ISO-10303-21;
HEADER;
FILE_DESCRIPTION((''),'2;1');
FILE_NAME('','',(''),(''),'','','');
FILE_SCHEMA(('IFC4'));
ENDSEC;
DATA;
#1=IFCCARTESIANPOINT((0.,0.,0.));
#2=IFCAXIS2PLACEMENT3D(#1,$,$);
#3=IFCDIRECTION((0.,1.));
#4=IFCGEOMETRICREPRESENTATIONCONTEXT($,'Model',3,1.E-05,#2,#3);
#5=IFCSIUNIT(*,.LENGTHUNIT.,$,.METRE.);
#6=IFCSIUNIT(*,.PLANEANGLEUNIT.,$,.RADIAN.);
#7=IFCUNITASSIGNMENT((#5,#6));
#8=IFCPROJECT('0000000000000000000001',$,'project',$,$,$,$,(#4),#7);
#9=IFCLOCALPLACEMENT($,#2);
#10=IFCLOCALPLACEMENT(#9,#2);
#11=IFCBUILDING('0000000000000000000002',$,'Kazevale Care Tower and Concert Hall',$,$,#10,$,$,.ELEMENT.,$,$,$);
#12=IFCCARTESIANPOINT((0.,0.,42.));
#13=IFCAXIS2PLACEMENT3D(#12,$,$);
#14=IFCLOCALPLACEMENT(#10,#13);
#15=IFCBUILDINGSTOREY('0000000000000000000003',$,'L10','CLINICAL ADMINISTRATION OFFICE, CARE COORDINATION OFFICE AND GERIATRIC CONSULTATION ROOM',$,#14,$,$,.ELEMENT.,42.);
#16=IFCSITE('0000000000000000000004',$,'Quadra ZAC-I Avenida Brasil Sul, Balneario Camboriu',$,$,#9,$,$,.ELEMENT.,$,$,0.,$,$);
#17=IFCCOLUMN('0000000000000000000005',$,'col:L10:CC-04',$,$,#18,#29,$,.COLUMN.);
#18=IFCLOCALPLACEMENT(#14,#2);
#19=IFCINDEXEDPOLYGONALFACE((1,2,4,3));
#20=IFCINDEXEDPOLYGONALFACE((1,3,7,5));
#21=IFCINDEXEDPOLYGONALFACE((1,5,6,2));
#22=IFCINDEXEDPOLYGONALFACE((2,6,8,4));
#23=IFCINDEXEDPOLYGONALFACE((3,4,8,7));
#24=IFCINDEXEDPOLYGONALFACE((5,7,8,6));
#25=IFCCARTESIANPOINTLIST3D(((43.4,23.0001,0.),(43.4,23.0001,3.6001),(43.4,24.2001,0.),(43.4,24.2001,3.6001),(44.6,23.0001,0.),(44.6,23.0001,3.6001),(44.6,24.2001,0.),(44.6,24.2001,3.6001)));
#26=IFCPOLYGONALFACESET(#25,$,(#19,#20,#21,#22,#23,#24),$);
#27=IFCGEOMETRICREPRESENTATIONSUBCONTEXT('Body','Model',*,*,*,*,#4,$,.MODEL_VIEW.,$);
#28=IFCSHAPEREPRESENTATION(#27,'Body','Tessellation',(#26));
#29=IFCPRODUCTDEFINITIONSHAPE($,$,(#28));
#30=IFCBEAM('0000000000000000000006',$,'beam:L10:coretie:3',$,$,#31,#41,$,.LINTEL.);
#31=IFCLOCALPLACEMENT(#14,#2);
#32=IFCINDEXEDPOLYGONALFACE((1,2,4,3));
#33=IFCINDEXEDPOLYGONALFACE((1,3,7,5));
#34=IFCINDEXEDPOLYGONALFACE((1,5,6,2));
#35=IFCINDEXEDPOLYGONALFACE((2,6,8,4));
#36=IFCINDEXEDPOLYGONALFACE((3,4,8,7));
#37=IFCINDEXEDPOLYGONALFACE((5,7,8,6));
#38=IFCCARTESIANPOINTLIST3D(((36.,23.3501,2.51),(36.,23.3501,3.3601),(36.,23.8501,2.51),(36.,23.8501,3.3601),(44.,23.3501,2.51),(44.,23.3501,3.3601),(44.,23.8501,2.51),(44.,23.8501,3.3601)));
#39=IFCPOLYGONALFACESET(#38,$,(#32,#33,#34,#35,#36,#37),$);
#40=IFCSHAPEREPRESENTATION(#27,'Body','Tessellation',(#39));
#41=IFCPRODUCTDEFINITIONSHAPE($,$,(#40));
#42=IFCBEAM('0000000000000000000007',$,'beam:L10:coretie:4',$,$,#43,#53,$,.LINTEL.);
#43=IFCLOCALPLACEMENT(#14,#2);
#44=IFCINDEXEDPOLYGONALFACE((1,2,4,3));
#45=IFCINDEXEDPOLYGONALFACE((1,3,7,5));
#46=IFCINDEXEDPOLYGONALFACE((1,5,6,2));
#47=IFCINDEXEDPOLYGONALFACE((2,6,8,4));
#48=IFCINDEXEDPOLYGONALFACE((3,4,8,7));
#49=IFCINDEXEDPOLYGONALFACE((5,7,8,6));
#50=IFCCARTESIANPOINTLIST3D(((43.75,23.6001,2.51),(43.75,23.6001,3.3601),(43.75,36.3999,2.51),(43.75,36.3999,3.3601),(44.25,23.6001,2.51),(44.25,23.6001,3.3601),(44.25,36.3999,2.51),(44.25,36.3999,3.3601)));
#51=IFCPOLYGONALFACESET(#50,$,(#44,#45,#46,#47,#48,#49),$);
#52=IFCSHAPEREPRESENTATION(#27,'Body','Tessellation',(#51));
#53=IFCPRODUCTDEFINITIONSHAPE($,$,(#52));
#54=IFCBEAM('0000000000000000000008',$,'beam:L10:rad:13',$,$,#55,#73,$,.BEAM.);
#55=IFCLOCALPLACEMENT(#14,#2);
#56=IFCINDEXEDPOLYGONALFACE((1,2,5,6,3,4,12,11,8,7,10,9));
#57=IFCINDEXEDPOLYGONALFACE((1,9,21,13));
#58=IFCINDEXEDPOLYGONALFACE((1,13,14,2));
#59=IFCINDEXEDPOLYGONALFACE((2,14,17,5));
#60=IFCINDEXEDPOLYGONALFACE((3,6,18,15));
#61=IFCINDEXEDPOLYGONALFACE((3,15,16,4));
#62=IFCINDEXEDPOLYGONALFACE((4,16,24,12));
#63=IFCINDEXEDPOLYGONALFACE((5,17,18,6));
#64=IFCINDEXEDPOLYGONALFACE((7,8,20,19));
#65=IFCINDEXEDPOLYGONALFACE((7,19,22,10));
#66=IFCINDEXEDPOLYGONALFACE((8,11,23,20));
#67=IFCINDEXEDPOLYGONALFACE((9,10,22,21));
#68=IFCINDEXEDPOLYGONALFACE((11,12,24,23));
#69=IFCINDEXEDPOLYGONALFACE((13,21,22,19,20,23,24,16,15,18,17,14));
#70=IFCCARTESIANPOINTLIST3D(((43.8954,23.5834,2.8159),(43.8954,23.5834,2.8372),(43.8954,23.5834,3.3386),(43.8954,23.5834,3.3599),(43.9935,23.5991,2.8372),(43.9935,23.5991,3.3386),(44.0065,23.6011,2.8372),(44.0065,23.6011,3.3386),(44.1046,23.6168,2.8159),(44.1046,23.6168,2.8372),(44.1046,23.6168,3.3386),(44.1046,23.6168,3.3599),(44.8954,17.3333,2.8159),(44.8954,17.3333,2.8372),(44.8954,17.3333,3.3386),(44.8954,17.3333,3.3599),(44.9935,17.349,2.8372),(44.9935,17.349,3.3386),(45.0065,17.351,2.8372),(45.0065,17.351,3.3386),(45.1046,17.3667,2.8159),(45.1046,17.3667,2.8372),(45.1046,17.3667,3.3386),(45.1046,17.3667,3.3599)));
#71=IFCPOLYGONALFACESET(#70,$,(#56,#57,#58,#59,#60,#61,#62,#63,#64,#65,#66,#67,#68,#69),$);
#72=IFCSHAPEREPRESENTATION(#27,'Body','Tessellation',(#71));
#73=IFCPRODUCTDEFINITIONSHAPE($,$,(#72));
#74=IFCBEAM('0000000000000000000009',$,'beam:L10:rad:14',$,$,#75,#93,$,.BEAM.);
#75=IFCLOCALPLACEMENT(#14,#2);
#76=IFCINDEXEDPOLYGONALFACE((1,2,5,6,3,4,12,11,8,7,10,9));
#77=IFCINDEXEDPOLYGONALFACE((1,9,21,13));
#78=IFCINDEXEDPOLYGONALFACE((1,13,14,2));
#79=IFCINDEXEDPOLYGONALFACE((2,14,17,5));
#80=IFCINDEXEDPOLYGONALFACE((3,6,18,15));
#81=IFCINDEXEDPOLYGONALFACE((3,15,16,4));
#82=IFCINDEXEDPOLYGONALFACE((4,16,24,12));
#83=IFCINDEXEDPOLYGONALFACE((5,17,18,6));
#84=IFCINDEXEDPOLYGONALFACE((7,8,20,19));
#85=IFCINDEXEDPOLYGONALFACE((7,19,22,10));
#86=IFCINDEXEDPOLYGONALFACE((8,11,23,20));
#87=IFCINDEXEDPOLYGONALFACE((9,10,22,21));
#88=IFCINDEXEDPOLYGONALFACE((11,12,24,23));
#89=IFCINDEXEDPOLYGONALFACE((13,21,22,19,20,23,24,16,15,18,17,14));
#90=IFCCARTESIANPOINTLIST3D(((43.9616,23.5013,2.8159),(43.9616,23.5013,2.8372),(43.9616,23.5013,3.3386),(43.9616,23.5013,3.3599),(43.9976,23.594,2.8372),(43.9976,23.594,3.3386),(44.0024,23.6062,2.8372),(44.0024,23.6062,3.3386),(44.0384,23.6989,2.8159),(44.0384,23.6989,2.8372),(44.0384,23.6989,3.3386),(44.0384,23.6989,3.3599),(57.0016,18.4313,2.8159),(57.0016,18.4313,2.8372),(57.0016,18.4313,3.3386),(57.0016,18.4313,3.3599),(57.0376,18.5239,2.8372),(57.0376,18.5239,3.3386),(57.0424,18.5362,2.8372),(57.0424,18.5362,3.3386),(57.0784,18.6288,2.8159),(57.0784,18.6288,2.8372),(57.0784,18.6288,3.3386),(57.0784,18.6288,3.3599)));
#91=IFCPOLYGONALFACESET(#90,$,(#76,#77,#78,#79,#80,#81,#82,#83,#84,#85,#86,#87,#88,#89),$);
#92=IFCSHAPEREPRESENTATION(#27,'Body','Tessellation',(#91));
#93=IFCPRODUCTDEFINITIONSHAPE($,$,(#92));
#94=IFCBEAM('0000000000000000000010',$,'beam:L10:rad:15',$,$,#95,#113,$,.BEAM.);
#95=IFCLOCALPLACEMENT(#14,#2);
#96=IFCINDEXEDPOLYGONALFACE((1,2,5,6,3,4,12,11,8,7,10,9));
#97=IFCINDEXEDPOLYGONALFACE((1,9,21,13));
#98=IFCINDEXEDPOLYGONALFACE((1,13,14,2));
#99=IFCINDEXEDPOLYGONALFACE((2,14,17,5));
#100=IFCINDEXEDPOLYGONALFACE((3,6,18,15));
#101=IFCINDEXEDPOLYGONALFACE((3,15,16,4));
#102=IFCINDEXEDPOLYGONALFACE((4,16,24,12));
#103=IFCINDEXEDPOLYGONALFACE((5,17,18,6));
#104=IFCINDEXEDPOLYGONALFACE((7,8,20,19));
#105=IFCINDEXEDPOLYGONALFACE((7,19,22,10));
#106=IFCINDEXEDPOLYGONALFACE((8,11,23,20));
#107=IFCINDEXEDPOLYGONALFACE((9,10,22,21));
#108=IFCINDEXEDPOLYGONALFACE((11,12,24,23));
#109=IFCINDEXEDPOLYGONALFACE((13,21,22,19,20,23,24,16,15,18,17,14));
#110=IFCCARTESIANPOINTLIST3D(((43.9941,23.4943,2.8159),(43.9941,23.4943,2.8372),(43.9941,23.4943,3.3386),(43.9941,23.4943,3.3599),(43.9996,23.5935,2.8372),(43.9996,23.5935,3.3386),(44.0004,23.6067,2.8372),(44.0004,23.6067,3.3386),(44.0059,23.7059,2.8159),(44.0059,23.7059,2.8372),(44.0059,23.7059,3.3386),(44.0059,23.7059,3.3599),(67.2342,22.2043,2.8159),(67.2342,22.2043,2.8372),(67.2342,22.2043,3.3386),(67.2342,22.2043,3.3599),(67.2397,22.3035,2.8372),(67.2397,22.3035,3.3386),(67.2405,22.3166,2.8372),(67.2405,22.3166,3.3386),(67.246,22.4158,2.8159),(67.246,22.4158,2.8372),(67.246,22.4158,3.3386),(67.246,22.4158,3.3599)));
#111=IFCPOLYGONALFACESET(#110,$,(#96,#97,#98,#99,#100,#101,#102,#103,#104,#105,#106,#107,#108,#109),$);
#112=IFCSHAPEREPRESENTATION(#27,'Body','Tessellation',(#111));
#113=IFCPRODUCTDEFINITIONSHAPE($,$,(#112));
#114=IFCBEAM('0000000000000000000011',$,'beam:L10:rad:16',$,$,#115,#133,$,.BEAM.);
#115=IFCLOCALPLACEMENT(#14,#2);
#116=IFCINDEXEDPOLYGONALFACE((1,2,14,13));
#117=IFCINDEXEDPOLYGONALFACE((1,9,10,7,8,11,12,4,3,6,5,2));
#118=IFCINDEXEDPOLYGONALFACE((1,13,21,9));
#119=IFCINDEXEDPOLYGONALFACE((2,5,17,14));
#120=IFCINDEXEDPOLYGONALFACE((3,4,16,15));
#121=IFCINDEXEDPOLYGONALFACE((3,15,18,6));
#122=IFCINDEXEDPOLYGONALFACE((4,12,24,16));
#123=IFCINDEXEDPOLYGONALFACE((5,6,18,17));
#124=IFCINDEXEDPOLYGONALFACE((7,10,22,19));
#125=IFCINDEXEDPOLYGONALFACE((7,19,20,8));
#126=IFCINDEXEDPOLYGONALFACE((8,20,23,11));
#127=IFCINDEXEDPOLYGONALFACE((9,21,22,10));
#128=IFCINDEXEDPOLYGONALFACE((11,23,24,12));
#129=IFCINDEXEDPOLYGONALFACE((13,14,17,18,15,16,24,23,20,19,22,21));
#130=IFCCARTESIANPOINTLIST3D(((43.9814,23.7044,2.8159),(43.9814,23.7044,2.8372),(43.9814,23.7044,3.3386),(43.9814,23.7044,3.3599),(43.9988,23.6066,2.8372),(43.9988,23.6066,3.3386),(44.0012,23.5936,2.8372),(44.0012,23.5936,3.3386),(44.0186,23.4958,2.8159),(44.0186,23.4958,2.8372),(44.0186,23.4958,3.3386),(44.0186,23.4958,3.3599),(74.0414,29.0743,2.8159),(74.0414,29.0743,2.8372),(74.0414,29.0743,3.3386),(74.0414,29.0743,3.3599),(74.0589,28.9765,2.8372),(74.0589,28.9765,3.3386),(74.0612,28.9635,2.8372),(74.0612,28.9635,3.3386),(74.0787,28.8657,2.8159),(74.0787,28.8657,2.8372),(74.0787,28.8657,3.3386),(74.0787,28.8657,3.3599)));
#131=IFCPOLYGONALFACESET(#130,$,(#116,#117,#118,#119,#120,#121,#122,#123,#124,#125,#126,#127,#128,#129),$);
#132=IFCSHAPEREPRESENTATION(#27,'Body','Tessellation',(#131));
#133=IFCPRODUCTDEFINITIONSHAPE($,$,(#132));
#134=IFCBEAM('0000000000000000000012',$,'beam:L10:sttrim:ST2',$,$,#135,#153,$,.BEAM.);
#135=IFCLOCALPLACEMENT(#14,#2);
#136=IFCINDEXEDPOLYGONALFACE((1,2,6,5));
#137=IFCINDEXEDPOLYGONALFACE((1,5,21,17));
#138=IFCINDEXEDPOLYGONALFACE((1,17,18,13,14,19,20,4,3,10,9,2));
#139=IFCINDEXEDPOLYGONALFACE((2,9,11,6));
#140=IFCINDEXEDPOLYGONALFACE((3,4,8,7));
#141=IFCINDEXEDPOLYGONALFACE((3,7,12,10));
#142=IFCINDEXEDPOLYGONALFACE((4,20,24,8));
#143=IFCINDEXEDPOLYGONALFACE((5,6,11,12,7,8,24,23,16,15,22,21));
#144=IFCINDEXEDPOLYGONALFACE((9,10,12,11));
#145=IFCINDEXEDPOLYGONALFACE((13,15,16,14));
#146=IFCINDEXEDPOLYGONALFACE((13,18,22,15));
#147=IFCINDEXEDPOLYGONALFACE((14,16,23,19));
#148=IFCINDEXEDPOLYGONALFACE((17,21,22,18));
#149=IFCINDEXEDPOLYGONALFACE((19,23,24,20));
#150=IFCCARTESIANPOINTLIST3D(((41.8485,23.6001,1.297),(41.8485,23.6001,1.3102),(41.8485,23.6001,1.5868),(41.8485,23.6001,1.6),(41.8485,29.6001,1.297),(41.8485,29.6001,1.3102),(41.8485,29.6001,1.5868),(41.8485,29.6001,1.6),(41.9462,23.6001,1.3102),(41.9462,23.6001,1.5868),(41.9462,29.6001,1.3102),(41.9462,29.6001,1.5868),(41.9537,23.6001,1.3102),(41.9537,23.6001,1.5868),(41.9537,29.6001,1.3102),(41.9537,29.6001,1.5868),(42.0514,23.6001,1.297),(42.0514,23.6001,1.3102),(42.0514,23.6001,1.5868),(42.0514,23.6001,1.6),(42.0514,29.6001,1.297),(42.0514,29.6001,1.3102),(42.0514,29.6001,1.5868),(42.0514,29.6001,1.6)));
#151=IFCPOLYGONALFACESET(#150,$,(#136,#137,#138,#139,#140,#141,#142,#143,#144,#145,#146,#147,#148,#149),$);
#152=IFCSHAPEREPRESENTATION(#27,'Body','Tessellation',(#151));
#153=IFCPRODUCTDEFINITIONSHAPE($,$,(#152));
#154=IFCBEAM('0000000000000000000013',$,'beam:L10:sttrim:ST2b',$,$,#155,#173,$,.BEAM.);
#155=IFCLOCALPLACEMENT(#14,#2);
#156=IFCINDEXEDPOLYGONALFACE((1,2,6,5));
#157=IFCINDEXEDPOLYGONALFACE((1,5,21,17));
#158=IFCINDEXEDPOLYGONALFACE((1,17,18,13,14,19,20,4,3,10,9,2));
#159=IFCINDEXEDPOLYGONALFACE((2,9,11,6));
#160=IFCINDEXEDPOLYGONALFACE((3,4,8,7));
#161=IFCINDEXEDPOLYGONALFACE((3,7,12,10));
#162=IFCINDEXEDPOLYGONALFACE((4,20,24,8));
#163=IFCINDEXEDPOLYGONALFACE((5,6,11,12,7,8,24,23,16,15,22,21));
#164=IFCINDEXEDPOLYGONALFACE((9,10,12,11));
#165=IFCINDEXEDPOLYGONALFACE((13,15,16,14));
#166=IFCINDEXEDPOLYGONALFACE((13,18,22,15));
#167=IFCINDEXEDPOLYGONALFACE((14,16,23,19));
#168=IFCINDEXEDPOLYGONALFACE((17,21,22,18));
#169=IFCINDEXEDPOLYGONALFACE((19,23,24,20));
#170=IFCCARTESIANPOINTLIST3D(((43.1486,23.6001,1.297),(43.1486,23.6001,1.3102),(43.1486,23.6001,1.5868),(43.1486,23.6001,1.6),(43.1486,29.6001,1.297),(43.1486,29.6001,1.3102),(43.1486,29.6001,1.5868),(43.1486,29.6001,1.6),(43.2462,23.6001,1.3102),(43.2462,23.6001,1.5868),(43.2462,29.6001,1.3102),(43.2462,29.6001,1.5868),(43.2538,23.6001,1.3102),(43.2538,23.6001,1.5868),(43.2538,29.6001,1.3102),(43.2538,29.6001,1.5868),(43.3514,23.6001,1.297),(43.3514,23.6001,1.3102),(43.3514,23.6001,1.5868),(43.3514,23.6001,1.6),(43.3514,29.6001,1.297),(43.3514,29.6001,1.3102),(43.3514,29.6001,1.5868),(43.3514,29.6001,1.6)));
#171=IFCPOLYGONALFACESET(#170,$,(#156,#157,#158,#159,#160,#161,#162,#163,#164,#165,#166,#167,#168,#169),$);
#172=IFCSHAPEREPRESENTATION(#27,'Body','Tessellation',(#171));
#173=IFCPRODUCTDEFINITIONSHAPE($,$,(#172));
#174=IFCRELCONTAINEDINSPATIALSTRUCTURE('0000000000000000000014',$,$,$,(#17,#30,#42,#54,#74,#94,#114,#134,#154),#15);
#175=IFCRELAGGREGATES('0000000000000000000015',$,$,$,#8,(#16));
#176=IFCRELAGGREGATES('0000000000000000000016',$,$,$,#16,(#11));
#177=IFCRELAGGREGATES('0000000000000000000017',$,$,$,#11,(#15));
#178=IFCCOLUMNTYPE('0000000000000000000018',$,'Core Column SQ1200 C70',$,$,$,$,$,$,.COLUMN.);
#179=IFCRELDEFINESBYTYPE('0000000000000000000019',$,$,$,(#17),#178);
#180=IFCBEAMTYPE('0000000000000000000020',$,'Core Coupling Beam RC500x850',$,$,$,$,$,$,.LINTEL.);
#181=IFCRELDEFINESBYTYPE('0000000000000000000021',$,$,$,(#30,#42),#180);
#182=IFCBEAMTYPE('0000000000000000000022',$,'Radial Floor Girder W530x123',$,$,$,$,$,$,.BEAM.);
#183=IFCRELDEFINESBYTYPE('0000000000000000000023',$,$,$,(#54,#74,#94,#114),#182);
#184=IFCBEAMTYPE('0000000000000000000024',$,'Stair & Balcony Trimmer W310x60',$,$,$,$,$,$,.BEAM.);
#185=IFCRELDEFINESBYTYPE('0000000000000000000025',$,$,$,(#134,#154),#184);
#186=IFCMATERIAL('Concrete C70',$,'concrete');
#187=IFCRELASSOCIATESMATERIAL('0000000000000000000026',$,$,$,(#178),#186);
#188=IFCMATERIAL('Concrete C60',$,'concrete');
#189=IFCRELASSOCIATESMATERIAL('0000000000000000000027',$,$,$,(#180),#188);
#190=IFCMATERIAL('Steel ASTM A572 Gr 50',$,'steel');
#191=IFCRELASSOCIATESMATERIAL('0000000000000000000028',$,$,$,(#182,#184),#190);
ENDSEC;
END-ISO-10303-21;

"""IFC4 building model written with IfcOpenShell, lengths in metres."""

from ifc_helpers import new_model, si_unit, direction, frame, origin, origin_2d, place, context, subcontext, project, spatial, rectangle, i_section, extrude, material, material_profile, profile_set, type_object, element, save


model = new_model("IFC4")

# Units and contexts
model_context = context("Model", 3, precision=1e-05, world=origin(), true_north=direction((0.0, 1.0)))
body_context = subcontext(model_context, "Body", "Model", "MODEL_VIEW")
ifc_project = project(units=[si_unit("LENGTHUNIT", "METRE"), si_unit("PLANEANGLEUNIT", "RADIAN")], contexts=[model_context])

# Site, building, storey
site_placement = place(None, origin())
site = spatial("IfcSite", under=ifc_project, at=site_placement, Name="Quadra ZAC-I Avenida Brasil Sul, Balneario Camboriu", CompositionType="ELEMENT", RefElevation=0.0)
building_placement = place(site_placement, origin())
building = spatial("IfcBuilding", under=site, at=building_placement, Name="Kazevale Care Tower and Concert Hall", CompositionType="ELEMENT")
storey_placement = place(building_placement, frame((0.0, 0.0, 42.0)))
storey = spatial("IfcBuildingStorey", under=building, at=storey_placement, Name="L10", Description="CLINICAL ADMINISTRATION OFFICE, CARE COORDINATION OFFICE AND GERIATRIC CONSULTATION ROOM", CompositionType="ELEMENT", Elevation=42.0)

# Column
ifc_material_1 = material(Name="Concrete C70", Category="concrete")
ifc_material_profile_1 = material_profile(ifc_material_1, rectangle(XDim=1.2, YDim=1.2, at=origin_2d()), Name="RC-SQ1200")
ifc_profile_set_1 = profile_set([ifc_material_profile_1], Name="Concrete C70")
column_type = type_object("IfcColumnType", Name="Core Column SQ1200 C70", PredefinedType="COLUMN", material=ifc_profile_set_1)
column_placement = place(storey_placement, frame((44.0, 23.6001, 0.0), z_axis=(0.0, 0.0, 1.0), x_axis=(1.0, 0.0, 0.0)))
element("IfcColumn", 1, at=column_placement, inside=storey, type_object=column_type, Name="col:L10:CC-04", PredefinedType="COLUMN", context=body_context, shape_type="SweptSolid", body=[
    extrude(rectangle(XDim=1.2, YDim=1.2, at=origin_2d()), origin(), (0.0, 0.0, 1.0), 3.6001),
])

# Beams
ifc_material_2 = material(Name="Concrete C60", Category="concrete")
ifc_material_profile_2 = material_profile(ifc_material_2, rectangle(XDim=0.5, YDim=0.8501, at=origin_2d()), Name="RC-B500x850")
ifc_profile_set_2 = profile_set([ifc_material_profile_2], Name="Concrete C60")
beam_type_1 = type_object("IfcBeamType", Name="Core Coupling Beam RC500x850", PredefinedType="LINTEL", material=ifc_profile_set_2)
beam_1_placement = place(storey_placement, frame((36.0, 23.6001, 2.9351), z_axis=(1.0, 0.0, 0.0), x_axis=(0.0, 1.0, 0.0)))
element("IfcBeam", 2, at=beam_1_placement, inside=storey, type_object=beam_type_1, Name="beam:L10:coretie:3", PredefinedType="LINTEL", context=body_context, shape_type="SweptSolid", body=[
    extrude(rectangle(XDim=0.5, YDim=0.8501, at=origin_2d()), origin(), (0.0, 0.0, 1.0), 8.0),
])
beam_2_placement = place(storey_placement, frame((44.0, 23.6001, 2.9351), z_axis=(0.0, 1.0, 0.0), x_axis=(-1.0, 0.0, 0.0)))
element("IfcBeam", 3, at=beam_2_placement, inside=storey, type_object=beam_type_1, Name="beam:L10:coretie:4", PredefinedType="LINTEL", context=body_context, shape_type="SweptSolid", body=[
    extrude(rectangle(XDim=0.5, YDim=0.8501, at=origin_2d()), origin(), (0.0, 0.0, 1.0), 12.7998),
])
ifc_material_3 = material(Name="Steel ASTM A572 Gr 50", Category="steel")
ifc_material_profile_3 = material_profile(ifc_material_3, i_section(OverallWidth=0.2119, OverallDepth=0.5439, WebThickness=0.0132, FlangeThickness=0.0212, at=origin_2d()), Name="W530x123")
ifc_profile_set_3 = profile_set([ifc_material_profile_3], Name="Steel ASTM A572 Gr 50")
beam_type_2 = type_object("IfcBeamType", Name="Radial Floor Girder W530x123", PredefinedType="BEAM", material=ifc_profile_set_3)
beam_3_placement = place(storey_placement, frame((44.0, 23.6001, 3.0879), z_axis=(0.157991, -0.987441, 0.0), x_axis=(0.987441, 0.157991, 0.0)))
element("IfcBeam", 4, at=beam_3_placement, inside=storey, type_object=beam_type_2, Name="beam:L10:rad:13", PredefinedType="BEAM", context=body_context, shape_type="SweptSolid", body=[
    extrude(i_section(OverallWidth=0.2119, OverallDepth=0.5439, WebThickness=0.0132, FlangeThickness=0.0212, at=origin_2d()), origin(), (0.0, 0.0, 1.0), 6.3296),
])
beam_4_placement = place(storey_placement, frame((44.0, 23.6001, 3.0879), z_axis=(0.93203, -0.362381, 0.0), x_axis=(0.362381, 0.93203, 0.0)))
element("IfcBeam", 5, at=beam_4_placement, inside=storey, type_object=beam_type_2, Name="beam:L10:rad:14", PredefinedType="BEAM", context=body_context, shape_type="SweptSolid", body=[
    extrude(i_section(OverallWidth=0.2119, OverallDepth=0.5439, WebThickness=0.0132, FlangeThickness=0.0212, at=origin_2d()), origin(), (0.0, 0.0, 1.0), 13.991),
])
beam_5_placement = place(storey_placement, frame((44.0, 23.6001, 3.0879), z_axis=(0.998463, -0.055424, 0.0), x_axis=(0.055424, 0.998463, 0.0)))
element("IfcBeam", 6, at=beam_5_placement, inside=storey, type_object=beam_type_2, Name="beam:L10:rad:15", PredefinedType="BEAM", context=body_context, shape_type="SweptSolid", body=[
    extrude(i_section(OverallWidth=0.2119, OverallDepth=0.5439, WebThickness=0.0132, FlangeThickness=0.0212, at=origin_2d()), origin(), (0.0, 0.0, 1.0), 23.2759),
])
beam_6_placement = place(storey_placement, frame((44.0, 23.6001, 3.0879), z_axis=(0.984416, 0.175854, 0.0), x_axis=(-0.175854, 0.984416, 0.0)))
element("IfcBeam", 7, at=beam_6_placement, inside=storey, type_object=beam_type_2, Name="beam:L10:rad:16", PredefinedType="BEAM", context=body_context, shape_type="SweptSolid", body=[
    extrude(i_section(OverallWidth=0.2119, OverallDepth=0.5439, WebThickness=0.0132, FlangeThickness=0.0212, at=origin_2d()), origin(), (0.0, 0.0, 1.0), 30.5359),
])
ifc_material_profile_4 = material_profile(ifc_material_3, i_section(OverallWidth=0.2029, OverallDepth=0.303, WebThickness=0.0076, FlangeThickness=0.0132, at=origin_2d()), Name="W310x60")
ifc_profile_set_4 = profile_set([ifc_material_profile_4], Name="Steel ASTM A572 Gr 50")
beam_type_3 = type_object("IfcBeamType", Name="Stair & Balcony Trimmer W310x60", PredefinedType="BEAM", material=ifc_profile_set_4)
for number, where, z_axis, x_axis, name in (
    (8, (41.95, 23.6001, 1.4485), (0.0, 1.0, 0.0), (-1.0, 0.0, 0.0), "beam:L10:sttrim:ST2"),
    (9, (43.25, 23.6001, 1.4485), (0.0, 1.0, 0.0), (-1.0, 0.0, 0.0), "beam:L10:sttrim:ST2b"),
):
    element("IfcBeam", number, at=place(storey_placement, frame(where, z_axis=z_axis, x_axis=x_axis)), inside=storey, type_object=beam_type_3, Name=name, PredefinedType="BEAM", context=body_context, shape_type="SweptSolid", body=[
        extrude(i_section(OverallWidth=0.2029, OverallDepth=0.303, WebThickness=0.0076, FlangeThickness=0.0132, at=origin_2d()), origin(), (0.0, 0.0, 1.0), 6.0),
    ])

save(model, "model.ifc")
